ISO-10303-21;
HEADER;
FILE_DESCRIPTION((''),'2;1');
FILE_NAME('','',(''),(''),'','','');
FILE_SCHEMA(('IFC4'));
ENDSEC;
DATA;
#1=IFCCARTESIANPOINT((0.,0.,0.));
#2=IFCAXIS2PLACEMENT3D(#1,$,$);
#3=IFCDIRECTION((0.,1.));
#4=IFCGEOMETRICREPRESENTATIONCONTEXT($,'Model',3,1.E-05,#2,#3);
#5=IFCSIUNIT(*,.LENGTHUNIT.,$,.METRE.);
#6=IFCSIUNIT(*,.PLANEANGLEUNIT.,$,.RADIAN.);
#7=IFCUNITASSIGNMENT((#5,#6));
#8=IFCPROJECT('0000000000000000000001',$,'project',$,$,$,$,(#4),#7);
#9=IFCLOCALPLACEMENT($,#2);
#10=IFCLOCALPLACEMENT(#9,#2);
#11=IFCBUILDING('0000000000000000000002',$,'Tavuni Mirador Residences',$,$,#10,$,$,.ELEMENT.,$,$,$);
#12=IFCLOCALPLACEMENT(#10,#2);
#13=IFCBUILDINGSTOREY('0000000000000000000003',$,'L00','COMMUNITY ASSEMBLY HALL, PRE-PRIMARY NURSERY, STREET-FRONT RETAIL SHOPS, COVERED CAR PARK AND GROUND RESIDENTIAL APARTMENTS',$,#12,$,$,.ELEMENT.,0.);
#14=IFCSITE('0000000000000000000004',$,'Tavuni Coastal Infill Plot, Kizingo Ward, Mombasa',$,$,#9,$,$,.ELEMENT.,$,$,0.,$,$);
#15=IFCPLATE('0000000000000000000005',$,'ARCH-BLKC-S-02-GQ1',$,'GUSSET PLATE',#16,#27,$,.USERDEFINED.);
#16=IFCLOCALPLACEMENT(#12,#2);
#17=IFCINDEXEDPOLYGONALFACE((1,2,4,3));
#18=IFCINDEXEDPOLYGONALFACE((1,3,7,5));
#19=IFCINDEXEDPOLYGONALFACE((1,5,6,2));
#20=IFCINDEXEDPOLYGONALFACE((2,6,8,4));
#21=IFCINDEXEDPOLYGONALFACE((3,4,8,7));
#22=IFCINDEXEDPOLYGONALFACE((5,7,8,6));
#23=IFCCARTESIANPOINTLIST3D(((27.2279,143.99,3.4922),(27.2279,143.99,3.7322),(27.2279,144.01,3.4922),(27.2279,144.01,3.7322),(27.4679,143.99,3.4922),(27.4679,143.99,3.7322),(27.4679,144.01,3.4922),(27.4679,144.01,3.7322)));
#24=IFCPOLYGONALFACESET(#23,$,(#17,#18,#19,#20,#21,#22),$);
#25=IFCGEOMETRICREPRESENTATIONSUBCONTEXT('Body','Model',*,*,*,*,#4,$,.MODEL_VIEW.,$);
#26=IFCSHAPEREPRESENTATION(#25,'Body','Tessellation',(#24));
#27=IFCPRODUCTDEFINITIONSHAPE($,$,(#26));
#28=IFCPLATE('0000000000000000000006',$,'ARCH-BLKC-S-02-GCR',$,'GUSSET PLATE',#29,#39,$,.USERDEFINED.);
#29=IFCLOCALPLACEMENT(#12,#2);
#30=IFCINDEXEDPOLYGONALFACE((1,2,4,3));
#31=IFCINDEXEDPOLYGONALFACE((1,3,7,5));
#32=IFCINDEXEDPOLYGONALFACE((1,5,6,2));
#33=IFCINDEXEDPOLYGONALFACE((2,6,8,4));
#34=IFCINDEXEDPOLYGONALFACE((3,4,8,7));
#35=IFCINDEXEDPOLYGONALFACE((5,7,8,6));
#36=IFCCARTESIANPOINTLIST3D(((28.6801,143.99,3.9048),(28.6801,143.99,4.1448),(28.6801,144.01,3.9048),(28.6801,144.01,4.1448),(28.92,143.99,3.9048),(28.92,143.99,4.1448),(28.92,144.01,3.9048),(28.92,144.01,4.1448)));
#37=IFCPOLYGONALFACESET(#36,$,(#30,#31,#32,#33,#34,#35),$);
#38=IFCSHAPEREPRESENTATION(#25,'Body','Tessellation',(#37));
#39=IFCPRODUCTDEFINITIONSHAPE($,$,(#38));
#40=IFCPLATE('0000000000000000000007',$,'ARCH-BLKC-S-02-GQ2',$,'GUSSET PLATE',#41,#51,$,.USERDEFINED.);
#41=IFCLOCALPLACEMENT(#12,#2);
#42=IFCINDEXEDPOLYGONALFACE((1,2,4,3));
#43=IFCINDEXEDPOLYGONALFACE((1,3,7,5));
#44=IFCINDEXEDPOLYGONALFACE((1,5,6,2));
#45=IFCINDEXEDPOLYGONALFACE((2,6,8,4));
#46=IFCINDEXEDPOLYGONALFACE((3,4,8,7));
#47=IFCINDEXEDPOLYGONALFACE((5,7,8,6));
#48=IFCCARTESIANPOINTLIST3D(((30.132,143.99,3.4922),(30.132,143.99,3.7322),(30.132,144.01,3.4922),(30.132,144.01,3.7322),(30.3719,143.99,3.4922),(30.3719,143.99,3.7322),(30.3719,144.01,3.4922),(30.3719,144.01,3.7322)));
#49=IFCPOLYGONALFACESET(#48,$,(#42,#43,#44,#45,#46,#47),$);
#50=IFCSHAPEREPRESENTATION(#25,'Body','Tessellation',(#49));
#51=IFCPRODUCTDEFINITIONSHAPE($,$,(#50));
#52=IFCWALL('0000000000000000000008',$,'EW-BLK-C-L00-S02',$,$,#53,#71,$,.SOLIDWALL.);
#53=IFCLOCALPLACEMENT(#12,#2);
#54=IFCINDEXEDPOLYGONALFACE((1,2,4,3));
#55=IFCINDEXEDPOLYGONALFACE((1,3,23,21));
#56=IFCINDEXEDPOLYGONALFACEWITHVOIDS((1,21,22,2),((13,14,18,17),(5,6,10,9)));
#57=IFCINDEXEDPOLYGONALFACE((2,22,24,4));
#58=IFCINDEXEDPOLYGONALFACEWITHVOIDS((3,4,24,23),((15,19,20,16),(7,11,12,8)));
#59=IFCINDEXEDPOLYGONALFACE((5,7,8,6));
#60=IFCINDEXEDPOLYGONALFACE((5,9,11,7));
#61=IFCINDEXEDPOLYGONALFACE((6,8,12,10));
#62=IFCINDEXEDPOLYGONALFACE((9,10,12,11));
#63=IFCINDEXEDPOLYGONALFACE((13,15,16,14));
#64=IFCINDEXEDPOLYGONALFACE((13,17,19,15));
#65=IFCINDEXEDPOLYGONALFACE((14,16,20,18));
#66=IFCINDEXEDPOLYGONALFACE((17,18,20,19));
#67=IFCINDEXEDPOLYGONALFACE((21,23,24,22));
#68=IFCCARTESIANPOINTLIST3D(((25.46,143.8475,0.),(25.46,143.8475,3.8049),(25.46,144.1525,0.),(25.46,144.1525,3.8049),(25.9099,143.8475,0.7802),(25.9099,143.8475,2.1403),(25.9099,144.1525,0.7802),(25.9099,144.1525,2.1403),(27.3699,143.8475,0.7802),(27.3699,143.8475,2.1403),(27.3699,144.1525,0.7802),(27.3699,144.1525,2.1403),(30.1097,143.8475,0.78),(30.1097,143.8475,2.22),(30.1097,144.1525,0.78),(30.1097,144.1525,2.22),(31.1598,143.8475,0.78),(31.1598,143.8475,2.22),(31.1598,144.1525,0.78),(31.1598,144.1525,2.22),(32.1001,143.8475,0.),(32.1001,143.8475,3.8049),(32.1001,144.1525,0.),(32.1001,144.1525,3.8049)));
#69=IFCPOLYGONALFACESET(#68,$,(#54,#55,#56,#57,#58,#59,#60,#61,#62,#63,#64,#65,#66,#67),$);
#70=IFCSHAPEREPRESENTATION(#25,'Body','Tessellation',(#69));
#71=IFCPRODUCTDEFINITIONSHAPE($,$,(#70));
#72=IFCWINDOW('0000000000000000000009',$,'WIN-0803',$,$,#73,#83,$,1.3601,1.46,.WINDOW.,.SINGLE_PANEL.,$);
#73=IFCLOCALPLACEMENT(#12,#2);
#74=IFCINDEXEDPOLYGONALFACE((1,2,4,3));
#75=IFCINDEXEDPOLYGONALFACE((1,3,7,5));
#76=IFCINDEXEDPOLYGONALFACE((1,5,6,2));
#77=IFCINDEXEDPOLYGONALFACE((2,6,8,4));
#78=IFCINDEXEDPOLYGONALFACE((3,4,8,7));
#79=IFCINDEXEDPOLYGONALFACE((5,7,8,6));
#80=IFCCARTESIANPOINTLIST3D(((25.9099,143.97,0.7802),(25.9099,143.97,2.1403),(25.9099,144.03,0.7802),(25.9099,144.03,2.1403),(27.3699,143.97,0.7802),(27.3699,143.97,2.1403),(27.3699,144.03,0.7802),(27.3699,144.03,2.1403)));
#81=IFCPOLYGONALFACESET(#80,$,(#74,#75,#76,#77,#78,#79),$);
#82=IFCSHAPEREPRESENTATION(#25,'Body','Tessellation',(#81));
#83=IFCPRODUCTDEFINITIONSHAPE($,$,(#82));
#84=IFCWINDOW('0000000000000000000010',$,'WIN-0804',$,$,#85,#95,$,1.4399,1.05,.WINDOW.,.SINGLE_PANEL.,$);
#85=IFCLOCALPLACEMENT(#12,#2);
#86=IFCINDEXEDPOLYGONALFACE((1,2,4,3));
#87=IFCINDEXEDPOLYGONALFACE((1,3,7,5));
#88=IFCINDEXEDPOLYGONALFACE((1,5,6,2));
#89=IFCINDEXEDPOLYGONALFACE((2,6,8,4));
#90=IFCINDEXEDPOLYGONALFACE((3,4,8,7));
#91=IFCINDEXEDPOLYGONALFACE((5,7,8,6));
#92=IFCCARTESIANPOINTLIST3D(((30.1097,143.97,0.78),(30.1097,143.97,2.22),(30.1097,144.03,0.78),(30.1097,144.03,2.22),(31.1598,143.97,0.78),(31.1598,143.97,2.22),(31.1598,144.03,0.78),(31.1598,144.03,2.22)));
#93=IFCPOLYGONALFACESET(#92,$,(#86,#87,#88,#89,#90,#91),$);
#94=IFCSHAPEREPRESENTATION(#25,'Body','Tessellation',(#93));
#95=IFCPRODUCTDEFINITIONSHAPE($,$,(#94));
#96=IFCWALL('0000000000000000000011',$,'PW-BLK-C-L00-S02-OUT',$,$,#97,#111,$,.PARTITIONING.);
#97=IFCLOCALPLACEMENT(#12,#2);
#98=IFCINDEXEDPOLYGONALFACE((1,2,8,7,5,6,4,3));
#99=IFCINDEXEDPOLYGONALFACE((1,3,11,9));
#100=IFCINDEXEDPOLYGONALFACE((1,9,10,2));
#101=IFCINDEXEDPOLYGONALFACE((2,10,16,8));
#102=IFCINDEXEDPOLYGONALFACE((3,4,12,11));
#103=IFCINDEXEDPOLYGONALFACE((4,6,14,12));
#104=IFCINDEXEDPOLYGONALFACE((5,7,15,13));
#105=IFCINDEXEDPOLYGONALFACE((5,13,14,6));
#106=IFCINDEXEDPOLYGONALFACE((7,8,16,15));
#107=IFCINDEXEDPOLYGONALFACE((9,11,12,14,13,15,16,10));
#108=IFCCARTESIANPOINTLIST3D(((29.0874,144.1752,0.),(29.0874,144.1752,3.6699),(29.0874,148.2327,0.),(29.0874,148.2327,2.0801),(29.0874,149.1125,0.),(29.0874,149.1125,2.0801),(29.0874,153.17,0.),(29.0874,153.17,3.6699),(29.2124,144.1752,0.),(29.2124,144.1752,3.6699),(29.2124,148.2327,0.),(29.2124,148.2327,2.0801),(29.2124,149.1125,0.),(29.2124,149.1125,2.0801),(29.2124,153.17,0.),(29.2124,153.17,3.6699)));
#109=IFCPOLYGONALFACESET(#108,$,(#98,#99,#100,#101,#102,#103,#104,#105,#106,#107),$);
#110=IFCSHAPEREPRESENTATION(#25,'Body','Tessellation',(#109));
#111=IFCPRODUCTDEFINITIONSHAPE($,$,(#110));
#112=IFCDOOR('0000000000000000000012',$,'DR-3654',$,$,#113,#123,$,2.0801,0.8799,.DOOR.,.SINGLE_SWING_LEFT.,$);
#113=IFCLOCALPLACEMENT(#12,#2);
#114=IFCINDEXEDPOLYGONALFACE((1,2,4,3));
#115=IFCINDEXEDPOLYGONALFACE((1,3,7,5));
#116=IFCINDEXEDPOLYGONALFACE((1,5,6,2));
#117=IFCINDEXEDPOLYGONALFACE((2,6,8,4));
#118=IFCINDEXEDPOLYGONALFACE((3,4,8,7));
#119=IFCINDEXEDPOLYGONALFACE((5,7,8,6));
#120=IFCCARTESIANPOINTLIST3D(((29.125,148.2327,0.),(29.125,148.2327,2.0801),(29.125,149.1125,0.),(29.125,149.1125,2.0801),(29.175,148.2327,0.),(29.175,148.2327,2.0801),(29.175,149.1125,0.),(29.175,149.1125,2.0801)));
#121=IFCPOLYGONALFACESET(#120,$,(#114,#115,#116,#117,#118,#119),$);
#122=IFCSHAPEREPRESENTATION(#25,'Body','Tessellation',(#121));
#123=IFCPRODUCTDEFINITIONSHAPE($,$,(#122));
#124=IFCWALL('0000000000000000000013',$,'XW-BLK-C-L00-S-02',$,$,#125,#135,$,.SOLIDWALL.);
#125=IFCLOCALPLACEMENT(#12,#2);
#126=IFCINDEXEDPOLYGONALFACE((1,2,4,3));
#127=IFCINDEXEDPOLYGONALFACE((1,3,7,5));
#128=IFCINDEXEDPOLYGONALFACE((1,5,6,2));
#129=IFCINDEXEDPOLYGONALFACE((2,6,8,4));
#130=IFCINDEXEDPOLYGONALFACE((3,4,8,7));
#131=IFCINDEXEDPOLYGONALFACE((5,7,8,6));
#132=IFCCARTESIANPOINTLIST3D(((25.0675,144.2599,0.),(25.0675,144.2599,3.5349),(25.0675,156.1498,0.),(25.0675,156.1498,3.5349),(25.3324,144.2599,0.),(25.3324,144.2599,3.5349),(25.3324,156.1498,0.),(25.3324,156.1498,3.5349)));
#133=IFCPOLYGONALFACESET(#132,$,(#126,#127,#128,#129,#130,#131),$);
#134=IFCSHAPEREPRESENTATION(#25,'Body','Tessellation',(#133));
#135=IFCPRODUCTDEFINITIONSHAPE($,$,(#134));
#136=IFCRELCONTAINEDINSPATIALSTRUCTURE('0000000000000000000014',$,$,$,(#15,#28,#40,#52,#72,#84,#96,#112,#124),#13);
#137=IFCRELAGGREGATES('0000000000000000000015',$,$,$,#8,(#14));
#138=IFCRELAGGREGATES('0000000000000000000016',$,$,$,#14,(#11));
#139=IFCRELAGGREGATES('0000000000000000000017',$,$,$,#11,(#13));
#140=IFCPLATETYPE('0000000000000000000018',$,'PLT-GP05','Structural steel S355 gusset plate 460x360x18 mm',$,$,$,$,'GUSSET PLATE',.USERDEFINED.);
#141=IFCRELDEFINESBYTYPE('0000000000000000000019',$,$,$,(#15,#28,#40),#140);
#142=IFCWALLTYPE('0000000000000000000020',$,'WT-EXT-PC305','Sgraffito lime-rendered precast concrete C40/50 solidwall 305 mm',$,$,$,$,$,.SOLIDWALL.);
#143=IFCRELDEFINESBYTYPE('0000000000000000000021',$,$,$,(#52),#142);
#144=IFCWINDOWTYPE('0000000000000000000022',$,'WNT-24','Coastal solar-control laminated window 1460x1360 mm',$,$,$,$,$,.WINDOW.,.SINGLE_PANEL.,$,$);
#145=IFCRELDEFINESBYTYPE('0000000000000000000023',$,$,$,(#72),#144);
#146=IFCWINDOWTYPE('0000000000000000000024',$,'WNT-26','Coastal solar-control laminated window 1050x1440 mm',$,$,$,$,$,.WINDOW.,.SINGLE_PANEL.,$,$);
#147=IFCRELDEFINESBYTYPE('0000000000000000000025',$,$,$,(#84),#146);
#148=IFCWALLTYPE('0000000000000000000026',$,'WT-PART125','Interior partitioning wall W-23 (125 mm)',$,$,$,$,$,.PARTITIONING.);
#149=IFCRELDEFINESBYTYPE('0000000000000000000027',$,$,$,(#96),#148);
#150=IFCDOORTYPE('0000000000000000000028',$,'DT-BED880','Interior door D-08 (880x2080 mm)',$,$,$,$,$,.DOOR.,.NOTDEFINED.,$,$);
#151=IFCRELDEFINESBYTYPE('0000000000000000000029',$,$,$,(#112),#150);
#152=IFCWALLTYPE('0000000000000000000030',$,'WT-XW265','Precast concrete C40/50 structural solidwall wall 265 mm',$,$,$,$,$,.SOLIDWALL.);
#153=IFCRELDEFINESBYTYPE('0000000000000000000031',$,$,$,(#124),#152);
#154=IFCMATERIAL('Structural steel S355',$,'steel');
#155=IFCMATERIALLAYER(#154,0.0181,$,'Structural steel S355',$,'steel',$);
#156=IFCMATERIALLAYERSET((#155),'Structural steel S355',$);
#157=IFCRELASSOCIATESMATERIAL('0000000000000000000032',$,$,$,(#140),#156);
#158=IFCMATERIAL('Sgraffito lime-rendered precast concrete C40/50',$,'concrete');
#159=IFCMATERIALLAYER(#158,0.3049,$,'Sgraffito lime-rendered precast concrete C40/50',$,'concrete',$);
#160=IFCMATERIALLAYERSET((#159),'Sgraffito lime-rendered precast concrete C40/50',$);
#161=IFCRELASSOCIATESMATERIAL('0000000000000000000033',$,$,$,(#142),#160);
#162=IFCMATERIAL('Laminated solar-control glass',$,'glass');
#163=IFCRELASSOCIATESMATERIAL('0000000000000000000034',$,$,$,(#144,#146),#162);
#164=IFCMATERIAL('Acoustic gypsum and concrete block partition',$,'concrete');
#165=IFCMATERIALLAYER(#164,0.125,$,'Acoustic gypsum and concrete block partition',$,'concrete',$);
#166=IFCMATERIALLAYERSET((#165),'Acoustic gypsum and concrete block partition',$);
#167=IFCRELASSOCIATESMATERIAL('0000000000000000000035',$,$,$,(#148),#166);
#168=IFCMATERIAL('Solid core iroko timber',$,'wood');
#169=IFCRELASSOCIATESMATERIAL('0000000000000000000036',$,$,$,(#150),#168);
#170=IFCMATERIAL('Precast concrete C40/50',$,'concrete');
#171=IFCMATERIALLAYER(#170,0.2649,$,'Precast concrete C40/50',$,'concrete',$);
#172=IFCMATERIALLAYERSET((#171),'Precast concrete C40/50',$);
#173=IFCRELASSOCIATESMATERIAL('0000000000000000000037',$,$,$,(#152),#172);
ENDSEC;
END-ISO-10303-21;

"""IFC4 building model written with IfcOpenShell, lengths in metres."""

from ifc_helpers import new_model, si_unit, direction, frame, frame_2d, origin, origin_2d, place, context, subcontext, project, spatial, rectangle, extrude, material, layer, layer_set, type_object, element, fill, save


model = new_model("IFC4")

# Units and contexts
model_context = context("Model", 3, precision=1e-05, world=origin(), true_north=direction((0.0, 1.0)))
body_context = subcontext(model_context, "Body", "Model", "MODEL_VIEW")
ifc_project = project(units=[si_unit("LENGTHUNIT", "METRE"), si_unit("PLANEANGLEUNIT", "RADIAN")], contexts=[model_context])

# Site, building, storey
site_placement = place(None, origin())
site = spatial("IfcSite", under=ifc_project, at=site_placement, Name="Tavuni Coastal Infill Plot, Kizingo Ward, Mombasa", CompositionType="ELEMENT", RefElevation=0.0)
building_placement = place(site_placement, origin())
building = spatial("IfcBuilding", under=site, at=building_placement, Name="Tavuni Mirador Residences", CompositionType="ELEMENT")
storey_placement = place(building_placement, origin())
storey = spatial("IfcBuildingStorey", under=building, at=storey_placement, Name="L00", Description="COMMUNITY ASSEMBLY HALL, PRE-PRIMARY NURSERY, STREET-FRONT RETAIL SHOPS, COVERED CAR PARK AND GROUND RESIDENTIAL APARTMENTS", CompositionType="ELEMENT", Elevation=0.0)

# Shared definitions
ifc_material_1 = material(Name="Precast concrete C40/50", Category="concrete")

# Shared definitions
ifc_material_2 = material(Name="Structural steel S355", Category="steel")

# Plates
ifc_layer_1 = layer(ifc_material_2, 0.0181, Name="Structural steel S355", Category="steel")
ifc_layer_set_1 = layer_set([ifc_layer_1], Name="Structural steel S355")
plate_type = type_object("IfcPlateType", Name="PLT-GP05", Description="Structural steel S355 gusset plate 460x360x18 mm", ElementType="GUSSET PLATE", PredefinedType="USERDEFINED", material=ifc_layer_set_1)
for number, where, z_axis, x_axis, name in (
    (1, (27.3479, 144.0, 3.4922), (0.0, 0.0, 1.0), (1.0, 0.0, 0.0), "ARCH-BLKC-S-02-GQ1"),
    (2, (28.8, 144.0, 3.9048), (0.0, 0.0, 1.0), (1.0, 0.0, 0.0), "ARCH-BLKC-S-02-GCR"),
    (3, (30.252, 144.0, 3.4922), (0.0, 0.0, 1.0), (1.0, 0.0, 0.0), "ARCH-BLKC-S-02-GQ2"),
):
    element("IfcPlate", number, at=place(storey_placement, frame(where, z_axis=z_axis, x_axis=x_axis)), inside=storey, type_object=plate_type, Name=name, ObjectType="GUSSET PLATE", PredefinedType="USERDEFINED", context=body_context, shape_type="SweptSolid", body=[
        extrude(rectangle(XDim=0.24, YDim=0.02, at=origin_2d()), origin(), (0.0, 0.0, 1.0), 0.24),
    ])

# Wall, openings, windows
ifc_material_3 = material(Name="Sgraffito lime-rendered precast concrete C40/50", Category="concrete")
ifc_layer_2 = layer(ifc_material_3, 0.3049, Name="Sgraffito lime-rendered precast concrete C40/50", Category="concrete")
ifc_layer_set_2 = layer_set([ifc_layer_2], Name="Sgraffito lime-rendered precast concrete C40/50")
wall_type_1 = type_object("IfcWallType", Name="WT-EXT-PC305", Description="Sgraffito lime-rendered precast concrete C40/50 solidwall 305 mm", PredefinedType="SOLIDWALL", material=ifc_layer_set_2)
wall_1_placement = place(storey_placement, frame((25.46, 144.0, 0.0), z_axis=(0.0, 0.0, 1.0), x_axis=(1.0, 0.0, 0.0)))
wall_1 = element("IfcWall", 4, at=wall_1_placement, inside=storey, type_object=wall_type_1, Name="EW-BLK-C-L00-S02", PredefinedType="SOLIDWALL", context=body_context, shape_type="SweptSolid", body=[
    extrude(rectangle(XDim=6.6401, YDim=0.3049, at=frame_2d((3.3201, 0.0))), origin(), (0.0, 0.0, 1.0), 3.8049),
])
opening_1_placement = place(wall_1_placement, frame((0.45, 0.0, 0.78)))
opening_1 = element("IfcOpeningElement", 5, at=opening_1_placement, cuts=wall_1, PredefinedType="OPENING", context=body_context, shape_type="SweptSolid", body=[
    extrude(rectangle(XDim=1.46, YDim=1.3601, at=frame_2d((0.73, 0.6802))), frame((0.0, 0.1626, 0.0), z_axis=(0.0, -1.0, 0.0), x_axis=(1.0, 0.0, 0.0)), (0.0, 0.0, 1.0), 0.325),
])
opening_2_placement = place(wall_1_placement, frame((4.6499, 0.0, 0.78)))
opening_2 = element("IfcOpeningElement", 6, at=opening_2_placement, cuts=wall_1, PredefinedType="OPENING", context=body_context, shape_type="SweptSolid", body=[
    extrude(rectangle(XDim=1.05, YDim=1.4399, at=frame_2d((0.5249, 0.72))), frame((0.0, 0.1626, 0.0), z_axis=(0.0, -1.0, 0.0), x_axis=(1.0, 0.0, 0.0)), (0.0, 0.0, 1.0), 0.325),
])
ifc_material_4 = material(Name="Laminated solar-control glass", Category="glass")
window_type_1 = type_object("IfcWindowType", Name="WNT-24", Description="Coastal solar-control laminated window 1460x1360 mm", PartitioningType="SINGLE_PANEL", PredefinedType="WINDOW", material=ifc_material_4)
window_1_placement = place(opening_1_placement, origin())
window_1 = element("IfcWindow", 7, at=window_1_placement, inside=storey, type_object=window_type_1, Name="WIN-0803", OverallHeight=1.3601, OverallWidth=1.46, PartitioningType="SINGLE_PANEL", PredefinedType="WINDOW", context=body_context, shape_type="SweptSolid", body=[
    extrude(rectangle(XDim=1.46, YDim=1.3601, at=frame_2d((0.73, 0.6802))), frame((0.0, 0.03, 0.0), z_axis=(0.0, -1.0, 0.0), x_axis=(1.0, 0.0, 0.0)), (0.0, 0.0, 1.0), 0.0601),
])
fill(opening_1, window_1)
window_type_2 = type_object("IfcWindowType", Name="WNT-26", Description="Coastal solar-control laminated window 1050x1440 mm", PartitioningType="SINGLE_PANEL", PredefinedType="WINDOW", material=ifc_material_4)
window_2_placement = place(opening_2_placement, origin())
window_2 = element("IfcWindow", 8, at=window_2_placement, inside=storey, type_object=window_type_2, Name="WIN-0804", OverallHeight=1.4399, OverallWidth=1.05, PartitioningType="SINGLE_PANEL", PredefinedType="WINDOW", context=body_context, shape_type="SweptSolid", body=[
    extrude(rectangle(XDim=1.05, YDim=1.4399, at=frame_2d((0.5249, 0.72))), frame((0.0, 0.03, 0.0), z_axis=(0.0, -1.0, 0.0), x_axis=(1.0, 0.0, 0.0)), (0.0, 0.0, 1.0), 0.0601),
])
fill(opening_2, window_2)

# Wall, opening, door
ifc_material_5 = material(Name="Acoustic gypsum and concrete block partition", Category="concrete")
ifc_layer_3 = layer(ifc_material_5, 0.125, Name="Acoustic gypsum and concrete block partition", Category="concrete")
ifc_layer_set_3 = layer_set([ifc_layer_3], Name="Acoustic gypsum and concrete block partition")
wall_type_2 = type_object("IfcWallType", Name="WT-PART125", Description="Interior partitioning wall W-23 (125 mm)", PredefinedType="PARTITIONING", material=ifc_layer_set_3)
wall_2_placement = place(storey_placement, frame((29.1499, 144.175, 0.0), z_axis=(0.0, 0.0, 1.0), x_axis=(0.0, 1.0, 0.0)))
wall_2 = element("IfcWall", 9, at=wall_2_placement, inside=storey, type_object=wall_type_2, Name="PW-BLK-C-L00-S02-OUT", PredefinedType="PARTITIONING", context=body_context, shape_type="SweptSolid", body=[
    extrude(rectangle(XDim=8.9949, YDim=0.125, at=frame_2d((4.4976, 0.0))), origin(), (0.0, 0.0, 1.0), 3.6699),
])
opening_3_placement = place(wall_2_placement, frame((4.0576, 0.0, 0.0)))
opening_3 = element("IfcOpeningElement", 10, at=opening_3_placement, cuts=wall_2, PredefinedType="OPENING", context=body_context, shape_type="SweptSolid", body=[
    extrude(rectangle(XDim=0.8799, YDim=2.0801, at=frame_2d((0.4399, 1.04))), frame((0.0, 0.0725, 0.0), z_axis=(0.0, -1.0, 0.0), x_axis=(1.0, 0.0, 0.0)), (0.0, 0.0, 1.0), 0.145),
])
ifc_material_6 = material(Name="Solid core iroko timber", Category="wood")
door_type = type_object("IfcDoorType", Name="DT-BED880", Description="Interior door D-08 (880x2080 mm)", OperationType="NOTDEFINED", PredefinedType="DOOR", material=ifc_material_6)
door_placement = place(opening_3_placement, origin())
door = element("IfcDoor", 11, at=door_placement, inside=storey, type_object=door_type, Name="DR-3654", OperationType="SINGLE_SWING_LEFT", OverallHeight=2.0801, OverallWidth=0.8799, PredefinedType="DOOR", context=body_context, shape_type="SweptSolid", body=[
    extrude(rectangle(XDim=0.8799, YDim=2.0801, at=frame_2d((0.4399, 1.04))), frame((0.0, 0.0249, 0.0), z_axis=(0.0, -1.0, 0.0), x_axis=(1.0, 0.0, 0.0)), (0.0, 0.0, 1.0), 0.05),
])
fill(opening_3, door)

# Wall
ifc_layer_4 = layer(ifc_material_1, 0.2649, Name="Precast concrete C40/50", Category="concrete")
ifc_layer_set_4 = layer_set([ifc_layer_4], Name="Precast concrete C40/50")
wall_type_3 = type_object("IfcWallType", Name="WT-XW265", Description="Precast concrete C40/50 structural solidwall wall 265 mm", PredefinedType="SOLIDWALL", material=ifc_layer_set_4)
wall_3_placement = place(storey_placement, frame((25.2, 144.26, 0.0), z_axis=(0.0, 0.0, 1.0), x_axis=(0.0, 1.0, 0.0)))
element("IfcWall", 12, at=wall_3_placement, inside=storey, type_object=wall_type_3, Name="XW-BLK-C-L00-S-02", PredefinedType="SOLIDWALL", context=body_context, shape_type="SweptSolid", body=[
    extrude(rectangle(XDim=11.8899, YDim=0.2649, at=frame_2d((5.9448, 0.0))), origin(), (0.0, 0.0, 1.0), 3.5349),
])

save(model, "model.ifc")
